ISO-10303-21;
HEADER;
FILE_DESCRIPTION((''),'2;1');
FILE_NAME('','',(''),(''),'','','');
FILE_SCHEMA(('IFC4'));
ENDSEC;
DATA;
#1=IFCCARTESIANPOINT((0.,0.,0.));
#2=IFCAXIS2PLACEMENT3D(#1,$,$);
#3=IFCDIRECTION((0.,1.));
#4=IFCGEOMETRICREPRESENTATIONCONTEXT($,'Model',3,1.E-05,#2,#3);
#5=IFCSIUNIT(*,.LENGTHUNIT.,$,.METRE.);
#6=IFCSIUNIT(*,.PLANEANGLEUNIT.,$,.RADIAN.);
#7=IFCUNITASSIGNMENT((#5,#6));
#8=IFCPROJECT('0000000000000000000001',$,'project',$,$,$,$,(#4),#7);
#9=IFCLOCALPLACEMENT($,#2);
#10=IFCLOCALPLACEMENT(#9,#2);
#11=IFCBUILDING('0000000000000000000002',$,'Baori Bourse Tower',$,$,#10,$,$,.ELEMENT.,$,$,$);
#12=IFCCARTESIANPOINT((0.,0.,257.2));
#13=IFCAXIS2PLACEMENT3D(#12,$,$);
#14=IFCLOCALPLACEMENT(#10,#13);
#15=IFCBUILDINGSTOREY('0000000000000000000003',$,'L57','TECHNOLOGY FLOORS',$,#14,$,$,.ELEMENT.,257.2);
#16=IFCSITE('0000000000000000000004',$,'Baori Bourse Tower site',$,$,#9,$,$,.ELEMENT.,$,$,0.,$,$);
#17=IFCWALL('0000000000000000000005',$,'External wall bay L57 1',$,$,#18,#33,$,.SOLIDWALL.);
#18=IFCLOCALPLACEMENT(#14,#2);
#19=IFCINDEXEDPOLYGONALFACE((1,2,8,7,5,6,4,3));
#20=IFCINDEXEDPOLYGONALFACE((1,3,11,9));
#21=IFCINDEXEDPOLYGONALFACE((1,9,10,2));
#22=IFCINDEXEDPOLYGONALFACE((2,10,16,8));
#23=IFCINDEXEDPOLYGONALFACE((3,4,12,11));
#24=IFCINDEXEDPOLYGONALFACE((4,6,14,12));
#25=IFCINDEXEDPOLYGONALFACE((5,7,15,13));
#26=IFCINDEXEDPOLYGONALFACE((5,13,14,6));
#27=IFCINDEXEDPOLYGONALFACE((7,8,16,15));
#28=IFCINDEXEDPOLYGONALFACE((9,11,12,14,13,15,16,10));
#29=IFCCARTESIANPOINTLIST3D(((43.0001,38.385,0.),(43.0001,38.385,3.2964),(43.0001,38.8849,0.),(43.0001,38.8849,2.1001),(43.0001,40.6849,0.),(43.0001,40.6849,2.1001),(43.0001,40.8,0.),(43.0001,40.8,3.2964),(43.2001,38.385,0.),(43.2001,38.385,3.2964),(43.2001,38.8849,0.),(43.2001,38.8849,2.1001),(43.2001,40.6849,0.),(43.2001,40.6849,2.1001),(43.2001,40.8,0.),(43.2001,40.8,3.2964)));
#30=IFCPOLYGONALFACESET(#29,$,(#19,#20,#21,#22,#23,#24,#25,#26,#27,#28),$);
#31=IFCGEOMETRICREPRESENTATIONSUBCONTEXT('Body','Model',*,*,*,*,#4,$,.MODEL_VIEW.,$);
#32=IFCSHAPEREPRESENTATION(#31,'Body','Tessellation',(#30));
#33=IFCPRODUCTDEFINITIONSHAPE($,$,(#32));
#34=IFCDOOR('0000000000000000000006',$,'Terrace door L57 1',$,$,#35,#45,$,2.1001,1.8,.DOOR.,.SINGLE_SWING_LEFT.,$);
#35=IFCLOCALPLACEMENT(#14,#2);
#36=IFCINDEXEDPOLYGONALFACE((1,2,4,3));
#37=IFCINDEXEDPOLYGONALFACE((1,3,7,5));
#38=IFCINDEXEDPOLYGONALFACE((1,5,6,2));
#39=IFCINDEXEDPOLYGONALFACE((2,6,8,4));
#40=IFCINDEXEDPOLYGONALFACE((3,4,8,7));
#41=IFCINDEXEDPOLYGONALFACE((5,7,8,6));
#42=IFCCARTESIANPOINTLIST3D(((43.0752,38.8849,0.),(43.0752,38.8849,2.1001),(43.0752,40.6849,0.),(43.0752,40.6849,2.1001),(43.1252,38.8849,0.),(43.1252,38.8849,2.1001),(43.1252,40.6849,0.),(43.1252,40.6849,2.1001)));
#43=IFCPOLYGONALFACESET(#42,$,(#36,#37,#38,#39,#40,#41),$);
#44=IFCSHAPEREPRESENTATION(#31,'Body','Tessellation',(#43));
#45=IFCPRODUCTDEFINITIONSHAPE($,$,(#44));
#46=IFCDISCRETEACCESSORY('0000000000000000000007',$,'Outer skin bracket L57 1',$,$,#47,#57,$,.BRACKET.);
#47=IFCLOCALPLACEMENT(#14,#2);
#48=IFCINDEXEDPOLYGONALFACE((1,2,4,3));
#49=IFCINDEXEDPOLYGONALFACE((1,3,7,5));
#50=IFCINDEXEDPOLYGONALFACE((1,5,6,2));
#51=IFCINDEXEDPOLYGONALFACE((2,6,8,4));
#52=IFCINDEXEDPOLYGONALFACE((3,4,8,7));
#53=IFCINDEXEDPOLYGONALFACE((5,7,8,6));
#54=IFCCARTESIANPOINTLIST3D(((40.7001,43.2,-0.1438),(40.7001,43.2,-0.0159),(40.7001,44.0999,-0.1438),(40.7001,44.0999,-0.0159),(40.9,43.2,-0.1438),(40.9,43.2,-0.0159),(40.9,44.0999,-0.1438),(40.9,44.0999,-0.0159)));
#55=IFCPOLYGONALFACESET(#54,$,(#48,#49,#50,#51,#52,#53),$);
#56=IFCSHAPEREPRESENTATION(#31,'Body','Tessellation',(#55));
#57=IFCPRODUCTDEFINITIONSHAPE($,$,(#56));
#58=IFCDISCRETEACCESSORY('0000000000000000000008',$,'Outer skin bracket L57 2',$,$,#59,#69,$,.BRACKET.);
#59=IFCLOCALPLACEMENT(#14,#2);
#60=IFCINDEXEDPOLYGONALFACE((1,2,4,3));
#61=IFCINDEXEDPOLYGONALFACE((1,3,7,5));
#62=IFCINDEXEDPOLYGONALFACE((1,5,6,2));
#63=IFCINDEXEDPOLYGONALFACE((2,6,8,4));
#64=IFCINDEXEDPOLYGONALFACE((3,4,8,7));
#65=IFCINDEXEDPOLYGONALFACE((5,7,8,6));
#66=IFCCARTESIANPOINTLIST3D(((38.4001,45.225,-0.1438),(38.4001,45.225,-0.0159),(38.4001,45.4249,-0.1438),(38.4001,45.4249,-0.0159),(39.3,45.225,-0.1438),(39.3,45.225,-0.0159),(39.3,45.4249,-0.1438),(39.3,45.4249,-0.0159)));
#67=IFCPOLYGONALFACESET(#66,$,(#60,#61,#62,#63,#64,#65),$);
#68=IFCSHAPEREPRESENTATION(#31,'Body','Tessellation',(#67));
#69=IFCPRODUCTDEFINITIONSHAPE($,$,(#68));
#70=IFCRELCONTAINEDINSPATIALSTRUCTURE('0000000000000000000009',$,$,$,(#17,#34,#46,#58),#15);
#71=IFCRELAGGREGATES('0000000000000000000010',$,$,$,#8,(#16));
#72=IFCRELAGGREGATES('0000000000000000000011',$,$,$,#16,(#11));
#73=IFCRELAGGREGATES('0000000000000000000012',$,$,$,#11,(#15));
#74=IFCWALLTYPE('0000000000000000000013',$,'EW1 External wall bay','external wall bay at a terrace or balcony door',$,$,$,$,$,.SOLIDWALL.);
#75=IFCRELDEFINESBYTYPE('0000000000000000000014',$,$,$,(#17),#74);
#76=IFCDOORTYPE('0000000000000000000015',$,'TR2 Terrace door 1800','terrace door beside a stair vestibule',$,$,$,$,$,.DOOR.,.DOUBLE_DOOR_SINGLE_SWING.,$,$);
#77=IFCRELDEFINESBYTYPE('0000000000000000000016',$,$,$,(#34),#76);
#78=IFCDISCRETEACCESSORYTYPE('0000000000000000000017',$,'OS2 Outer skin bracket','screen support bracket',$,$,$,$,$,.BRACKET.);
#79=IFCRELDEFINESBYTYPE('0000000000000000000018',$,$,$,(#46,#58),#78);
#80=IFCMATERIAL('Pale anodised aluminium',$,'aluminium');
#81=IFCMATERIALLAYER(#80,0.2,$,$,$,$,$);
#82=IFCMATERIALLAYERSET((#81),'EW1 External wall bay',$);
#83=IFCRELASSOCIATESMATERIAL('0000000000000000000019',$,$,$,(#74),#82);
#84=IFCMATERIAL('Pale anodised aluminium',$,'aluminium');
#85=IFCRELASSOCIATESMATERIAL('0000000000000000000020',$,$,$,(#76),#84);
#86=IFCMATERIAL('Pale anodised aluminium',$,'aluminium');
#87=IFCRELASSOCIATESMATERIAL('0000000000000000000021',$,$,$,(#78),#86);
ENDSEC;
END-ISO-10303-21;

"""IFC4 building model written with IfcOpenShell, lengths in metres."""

from ifc_helpers import new_model, si_unit, direction, frame, frame_2d, origin, origin_2d, place, context, subcontext, project, spatial, rectangle, extrude, material, layer, layer_set, type_object, element, fill, save


model = new_model("IFC4")

# Units and contexts
model_context = context("Model", 3, precision=1e-05, world=origin(), true_north=direction((0.0, 1.0)))
body_context = subcontext(model_context, "Body", "Model", "MODEL_VIEW")
ifc_project = project(units=[si_unit("LENGTHUNIT", "METRE"), si_unit("PLANEANGLEUNIT", "RADIAN")], contexts=[model_context])

# Site, building, storey
site_placement = place(None, origin())
site = spatial("IfcSite", under=ifc_project, at=site_placement, Name="Baori Bourse Tower site", CompositionType="ELEMENT", RefElevation=0.0)
building_placement = place(site_placement, origin())
building = spatial("IfcBuilding", under=site, at=building_placement, Name="Baori Bourse Tower", CompositionType="ELEMENT")
storey_placement = place(building_placement, frame((0.0, 0.0, 257.2)))
storey = spatial("IfcBuildingStorey", under=building, at=storey_placement, Name="L57", Description="TECHNOLOGY FLOORS", CompositionType="ELEMENT", Elevation=257.2)

# Wall, opening, door
ifc_material_1 = material(Name="Pale anodised aluminium", Category="aluminium")
ifc_layer_1 = layer(ifc_material_1, 0.2)
ifc_layer_set_1 = layer_set([ifc_layer_1], Name="EW1 External wall bay")
wall_type_1 = type_object("IfcWallType", Name="EW1 External wall bay", Description="external wall bay at a terrace or balcony door", PredefinedType="SOLIDWALL", material=ifc_layer_set_1)
wall_1_placement = place(storey_placement, frame((43.1001, 38.385, 0.0), z_axis=(0.0, 0.0, 1.0), x_axis=(0.0, 1.0, 0.0)))
wall_1 = element("IfcWall", 1, at=wall_1_placement, inside=storey, type_object=wall_type_1, Name="External wall bay L57 1", PredefinedType="SOLIDWALL", context=body_context, shape_type="SweptSolid", body=[
    extrude(rectangle(XDim=2.415, YDim=0.2, at=frame_2d((1.2075, 0.0))), origin(), (0.0, 0.0, 1.0), 3.2964),
])
opening_1_placement = place(wall_1_placement, frame((0.5, 0.0, 0.0)))
opening_1 = element("IfcOpeningElement", 2, at=opening_1_placement, cuts=wall_1, PredefinedType="OPENING", context=body_context, shape_type="SweptSolid", body=[
    extrude(rectangle(XDim=1.8, YDim=2.1001, at=frame_2d((0.8999, 1.05))), frame((0.0, 0.1099, 0.0), z_axis=(0.0, -1.0, 0.0), x_axis=(1.0, 0.0, 0.0)), (0.0, 0.0, 1.0), 0.22),
])
ifc_material_2 = material(Name="Pale anodised aluminium", Category="aluminium")
door_type = type_object("IfcDoorType", Name="TR2 Terrace door 1800", Description="terrace door beside a stair vestibule", OperationType="DOUBLE_DOOR_SINGLE_SWING", PredefinedType="DOOR", material=ifc_material_2)
door_placement = place(opening_1_placement, origin())
door = element("IfcDoor", 3, at=door_placement, inside=storey, type_object=door_type, Name="Terrace door L57 1", OperationType="SINGLE_SWING_LEFT", OverallHeight=2.1001, OverallWidth=1.8, PredefinedType="DOOR", context=body_context, shape_type="SweptSolid", body=[
    extrude(rectangle(XDim=1.8, YDim=2.1001, at=frame_2d((0.8999, 1.05))), frame((0.0, 0.0249, 0.0), z_axis=(0.0, -1.0, 0.0), x_axis=(1.0, 0.0, 0.0)), (0.0, 0.0, 1.0), 0.05),
])
fill(opening_1, door)

# Discrete accessories
ifc_material_3 = material(Name="Pale anodised aluminium", Category="aluminium")
discrete_accessory_type = type_object("IfcDiscreteAccessoryType", Name="OS2 Outer skin bracket", Description="screen support bracket", PredefinedType="BRACKET", material=ifc_material_3)
for number, where, z_axis, x_axis, name in (
    (4, (40.8, 43.6499, -0.1438), (0.0, 0.0, 1.0), (-1.0, 0.0, 0.0), "Outer skin bracket L57 1"),
    (5, (38.8501, 45.325, -0.1438), (0.0, 0.0, 1.0), (0.0, 1.0, 0.0), "Outer skin bracket L57 2"),
):
    element("IfcDiscreteAccessory", number, at=place(storey_placement, frame(where, z_axis=z_axis, x_axis=x_axis)), inside=storey, type_object=discrete_accessory_type, Name=name, PredefinedType="BRACKET", context=body_context, shape_type="SweptSolid", body=[
        extrude(rectangle(XDim=0.2, YDim=0.8999, at=origin_2d()), origin(), (0.0, 0.0, 1.0), 0.1279),
    ])

save(model, "model.ifc")
